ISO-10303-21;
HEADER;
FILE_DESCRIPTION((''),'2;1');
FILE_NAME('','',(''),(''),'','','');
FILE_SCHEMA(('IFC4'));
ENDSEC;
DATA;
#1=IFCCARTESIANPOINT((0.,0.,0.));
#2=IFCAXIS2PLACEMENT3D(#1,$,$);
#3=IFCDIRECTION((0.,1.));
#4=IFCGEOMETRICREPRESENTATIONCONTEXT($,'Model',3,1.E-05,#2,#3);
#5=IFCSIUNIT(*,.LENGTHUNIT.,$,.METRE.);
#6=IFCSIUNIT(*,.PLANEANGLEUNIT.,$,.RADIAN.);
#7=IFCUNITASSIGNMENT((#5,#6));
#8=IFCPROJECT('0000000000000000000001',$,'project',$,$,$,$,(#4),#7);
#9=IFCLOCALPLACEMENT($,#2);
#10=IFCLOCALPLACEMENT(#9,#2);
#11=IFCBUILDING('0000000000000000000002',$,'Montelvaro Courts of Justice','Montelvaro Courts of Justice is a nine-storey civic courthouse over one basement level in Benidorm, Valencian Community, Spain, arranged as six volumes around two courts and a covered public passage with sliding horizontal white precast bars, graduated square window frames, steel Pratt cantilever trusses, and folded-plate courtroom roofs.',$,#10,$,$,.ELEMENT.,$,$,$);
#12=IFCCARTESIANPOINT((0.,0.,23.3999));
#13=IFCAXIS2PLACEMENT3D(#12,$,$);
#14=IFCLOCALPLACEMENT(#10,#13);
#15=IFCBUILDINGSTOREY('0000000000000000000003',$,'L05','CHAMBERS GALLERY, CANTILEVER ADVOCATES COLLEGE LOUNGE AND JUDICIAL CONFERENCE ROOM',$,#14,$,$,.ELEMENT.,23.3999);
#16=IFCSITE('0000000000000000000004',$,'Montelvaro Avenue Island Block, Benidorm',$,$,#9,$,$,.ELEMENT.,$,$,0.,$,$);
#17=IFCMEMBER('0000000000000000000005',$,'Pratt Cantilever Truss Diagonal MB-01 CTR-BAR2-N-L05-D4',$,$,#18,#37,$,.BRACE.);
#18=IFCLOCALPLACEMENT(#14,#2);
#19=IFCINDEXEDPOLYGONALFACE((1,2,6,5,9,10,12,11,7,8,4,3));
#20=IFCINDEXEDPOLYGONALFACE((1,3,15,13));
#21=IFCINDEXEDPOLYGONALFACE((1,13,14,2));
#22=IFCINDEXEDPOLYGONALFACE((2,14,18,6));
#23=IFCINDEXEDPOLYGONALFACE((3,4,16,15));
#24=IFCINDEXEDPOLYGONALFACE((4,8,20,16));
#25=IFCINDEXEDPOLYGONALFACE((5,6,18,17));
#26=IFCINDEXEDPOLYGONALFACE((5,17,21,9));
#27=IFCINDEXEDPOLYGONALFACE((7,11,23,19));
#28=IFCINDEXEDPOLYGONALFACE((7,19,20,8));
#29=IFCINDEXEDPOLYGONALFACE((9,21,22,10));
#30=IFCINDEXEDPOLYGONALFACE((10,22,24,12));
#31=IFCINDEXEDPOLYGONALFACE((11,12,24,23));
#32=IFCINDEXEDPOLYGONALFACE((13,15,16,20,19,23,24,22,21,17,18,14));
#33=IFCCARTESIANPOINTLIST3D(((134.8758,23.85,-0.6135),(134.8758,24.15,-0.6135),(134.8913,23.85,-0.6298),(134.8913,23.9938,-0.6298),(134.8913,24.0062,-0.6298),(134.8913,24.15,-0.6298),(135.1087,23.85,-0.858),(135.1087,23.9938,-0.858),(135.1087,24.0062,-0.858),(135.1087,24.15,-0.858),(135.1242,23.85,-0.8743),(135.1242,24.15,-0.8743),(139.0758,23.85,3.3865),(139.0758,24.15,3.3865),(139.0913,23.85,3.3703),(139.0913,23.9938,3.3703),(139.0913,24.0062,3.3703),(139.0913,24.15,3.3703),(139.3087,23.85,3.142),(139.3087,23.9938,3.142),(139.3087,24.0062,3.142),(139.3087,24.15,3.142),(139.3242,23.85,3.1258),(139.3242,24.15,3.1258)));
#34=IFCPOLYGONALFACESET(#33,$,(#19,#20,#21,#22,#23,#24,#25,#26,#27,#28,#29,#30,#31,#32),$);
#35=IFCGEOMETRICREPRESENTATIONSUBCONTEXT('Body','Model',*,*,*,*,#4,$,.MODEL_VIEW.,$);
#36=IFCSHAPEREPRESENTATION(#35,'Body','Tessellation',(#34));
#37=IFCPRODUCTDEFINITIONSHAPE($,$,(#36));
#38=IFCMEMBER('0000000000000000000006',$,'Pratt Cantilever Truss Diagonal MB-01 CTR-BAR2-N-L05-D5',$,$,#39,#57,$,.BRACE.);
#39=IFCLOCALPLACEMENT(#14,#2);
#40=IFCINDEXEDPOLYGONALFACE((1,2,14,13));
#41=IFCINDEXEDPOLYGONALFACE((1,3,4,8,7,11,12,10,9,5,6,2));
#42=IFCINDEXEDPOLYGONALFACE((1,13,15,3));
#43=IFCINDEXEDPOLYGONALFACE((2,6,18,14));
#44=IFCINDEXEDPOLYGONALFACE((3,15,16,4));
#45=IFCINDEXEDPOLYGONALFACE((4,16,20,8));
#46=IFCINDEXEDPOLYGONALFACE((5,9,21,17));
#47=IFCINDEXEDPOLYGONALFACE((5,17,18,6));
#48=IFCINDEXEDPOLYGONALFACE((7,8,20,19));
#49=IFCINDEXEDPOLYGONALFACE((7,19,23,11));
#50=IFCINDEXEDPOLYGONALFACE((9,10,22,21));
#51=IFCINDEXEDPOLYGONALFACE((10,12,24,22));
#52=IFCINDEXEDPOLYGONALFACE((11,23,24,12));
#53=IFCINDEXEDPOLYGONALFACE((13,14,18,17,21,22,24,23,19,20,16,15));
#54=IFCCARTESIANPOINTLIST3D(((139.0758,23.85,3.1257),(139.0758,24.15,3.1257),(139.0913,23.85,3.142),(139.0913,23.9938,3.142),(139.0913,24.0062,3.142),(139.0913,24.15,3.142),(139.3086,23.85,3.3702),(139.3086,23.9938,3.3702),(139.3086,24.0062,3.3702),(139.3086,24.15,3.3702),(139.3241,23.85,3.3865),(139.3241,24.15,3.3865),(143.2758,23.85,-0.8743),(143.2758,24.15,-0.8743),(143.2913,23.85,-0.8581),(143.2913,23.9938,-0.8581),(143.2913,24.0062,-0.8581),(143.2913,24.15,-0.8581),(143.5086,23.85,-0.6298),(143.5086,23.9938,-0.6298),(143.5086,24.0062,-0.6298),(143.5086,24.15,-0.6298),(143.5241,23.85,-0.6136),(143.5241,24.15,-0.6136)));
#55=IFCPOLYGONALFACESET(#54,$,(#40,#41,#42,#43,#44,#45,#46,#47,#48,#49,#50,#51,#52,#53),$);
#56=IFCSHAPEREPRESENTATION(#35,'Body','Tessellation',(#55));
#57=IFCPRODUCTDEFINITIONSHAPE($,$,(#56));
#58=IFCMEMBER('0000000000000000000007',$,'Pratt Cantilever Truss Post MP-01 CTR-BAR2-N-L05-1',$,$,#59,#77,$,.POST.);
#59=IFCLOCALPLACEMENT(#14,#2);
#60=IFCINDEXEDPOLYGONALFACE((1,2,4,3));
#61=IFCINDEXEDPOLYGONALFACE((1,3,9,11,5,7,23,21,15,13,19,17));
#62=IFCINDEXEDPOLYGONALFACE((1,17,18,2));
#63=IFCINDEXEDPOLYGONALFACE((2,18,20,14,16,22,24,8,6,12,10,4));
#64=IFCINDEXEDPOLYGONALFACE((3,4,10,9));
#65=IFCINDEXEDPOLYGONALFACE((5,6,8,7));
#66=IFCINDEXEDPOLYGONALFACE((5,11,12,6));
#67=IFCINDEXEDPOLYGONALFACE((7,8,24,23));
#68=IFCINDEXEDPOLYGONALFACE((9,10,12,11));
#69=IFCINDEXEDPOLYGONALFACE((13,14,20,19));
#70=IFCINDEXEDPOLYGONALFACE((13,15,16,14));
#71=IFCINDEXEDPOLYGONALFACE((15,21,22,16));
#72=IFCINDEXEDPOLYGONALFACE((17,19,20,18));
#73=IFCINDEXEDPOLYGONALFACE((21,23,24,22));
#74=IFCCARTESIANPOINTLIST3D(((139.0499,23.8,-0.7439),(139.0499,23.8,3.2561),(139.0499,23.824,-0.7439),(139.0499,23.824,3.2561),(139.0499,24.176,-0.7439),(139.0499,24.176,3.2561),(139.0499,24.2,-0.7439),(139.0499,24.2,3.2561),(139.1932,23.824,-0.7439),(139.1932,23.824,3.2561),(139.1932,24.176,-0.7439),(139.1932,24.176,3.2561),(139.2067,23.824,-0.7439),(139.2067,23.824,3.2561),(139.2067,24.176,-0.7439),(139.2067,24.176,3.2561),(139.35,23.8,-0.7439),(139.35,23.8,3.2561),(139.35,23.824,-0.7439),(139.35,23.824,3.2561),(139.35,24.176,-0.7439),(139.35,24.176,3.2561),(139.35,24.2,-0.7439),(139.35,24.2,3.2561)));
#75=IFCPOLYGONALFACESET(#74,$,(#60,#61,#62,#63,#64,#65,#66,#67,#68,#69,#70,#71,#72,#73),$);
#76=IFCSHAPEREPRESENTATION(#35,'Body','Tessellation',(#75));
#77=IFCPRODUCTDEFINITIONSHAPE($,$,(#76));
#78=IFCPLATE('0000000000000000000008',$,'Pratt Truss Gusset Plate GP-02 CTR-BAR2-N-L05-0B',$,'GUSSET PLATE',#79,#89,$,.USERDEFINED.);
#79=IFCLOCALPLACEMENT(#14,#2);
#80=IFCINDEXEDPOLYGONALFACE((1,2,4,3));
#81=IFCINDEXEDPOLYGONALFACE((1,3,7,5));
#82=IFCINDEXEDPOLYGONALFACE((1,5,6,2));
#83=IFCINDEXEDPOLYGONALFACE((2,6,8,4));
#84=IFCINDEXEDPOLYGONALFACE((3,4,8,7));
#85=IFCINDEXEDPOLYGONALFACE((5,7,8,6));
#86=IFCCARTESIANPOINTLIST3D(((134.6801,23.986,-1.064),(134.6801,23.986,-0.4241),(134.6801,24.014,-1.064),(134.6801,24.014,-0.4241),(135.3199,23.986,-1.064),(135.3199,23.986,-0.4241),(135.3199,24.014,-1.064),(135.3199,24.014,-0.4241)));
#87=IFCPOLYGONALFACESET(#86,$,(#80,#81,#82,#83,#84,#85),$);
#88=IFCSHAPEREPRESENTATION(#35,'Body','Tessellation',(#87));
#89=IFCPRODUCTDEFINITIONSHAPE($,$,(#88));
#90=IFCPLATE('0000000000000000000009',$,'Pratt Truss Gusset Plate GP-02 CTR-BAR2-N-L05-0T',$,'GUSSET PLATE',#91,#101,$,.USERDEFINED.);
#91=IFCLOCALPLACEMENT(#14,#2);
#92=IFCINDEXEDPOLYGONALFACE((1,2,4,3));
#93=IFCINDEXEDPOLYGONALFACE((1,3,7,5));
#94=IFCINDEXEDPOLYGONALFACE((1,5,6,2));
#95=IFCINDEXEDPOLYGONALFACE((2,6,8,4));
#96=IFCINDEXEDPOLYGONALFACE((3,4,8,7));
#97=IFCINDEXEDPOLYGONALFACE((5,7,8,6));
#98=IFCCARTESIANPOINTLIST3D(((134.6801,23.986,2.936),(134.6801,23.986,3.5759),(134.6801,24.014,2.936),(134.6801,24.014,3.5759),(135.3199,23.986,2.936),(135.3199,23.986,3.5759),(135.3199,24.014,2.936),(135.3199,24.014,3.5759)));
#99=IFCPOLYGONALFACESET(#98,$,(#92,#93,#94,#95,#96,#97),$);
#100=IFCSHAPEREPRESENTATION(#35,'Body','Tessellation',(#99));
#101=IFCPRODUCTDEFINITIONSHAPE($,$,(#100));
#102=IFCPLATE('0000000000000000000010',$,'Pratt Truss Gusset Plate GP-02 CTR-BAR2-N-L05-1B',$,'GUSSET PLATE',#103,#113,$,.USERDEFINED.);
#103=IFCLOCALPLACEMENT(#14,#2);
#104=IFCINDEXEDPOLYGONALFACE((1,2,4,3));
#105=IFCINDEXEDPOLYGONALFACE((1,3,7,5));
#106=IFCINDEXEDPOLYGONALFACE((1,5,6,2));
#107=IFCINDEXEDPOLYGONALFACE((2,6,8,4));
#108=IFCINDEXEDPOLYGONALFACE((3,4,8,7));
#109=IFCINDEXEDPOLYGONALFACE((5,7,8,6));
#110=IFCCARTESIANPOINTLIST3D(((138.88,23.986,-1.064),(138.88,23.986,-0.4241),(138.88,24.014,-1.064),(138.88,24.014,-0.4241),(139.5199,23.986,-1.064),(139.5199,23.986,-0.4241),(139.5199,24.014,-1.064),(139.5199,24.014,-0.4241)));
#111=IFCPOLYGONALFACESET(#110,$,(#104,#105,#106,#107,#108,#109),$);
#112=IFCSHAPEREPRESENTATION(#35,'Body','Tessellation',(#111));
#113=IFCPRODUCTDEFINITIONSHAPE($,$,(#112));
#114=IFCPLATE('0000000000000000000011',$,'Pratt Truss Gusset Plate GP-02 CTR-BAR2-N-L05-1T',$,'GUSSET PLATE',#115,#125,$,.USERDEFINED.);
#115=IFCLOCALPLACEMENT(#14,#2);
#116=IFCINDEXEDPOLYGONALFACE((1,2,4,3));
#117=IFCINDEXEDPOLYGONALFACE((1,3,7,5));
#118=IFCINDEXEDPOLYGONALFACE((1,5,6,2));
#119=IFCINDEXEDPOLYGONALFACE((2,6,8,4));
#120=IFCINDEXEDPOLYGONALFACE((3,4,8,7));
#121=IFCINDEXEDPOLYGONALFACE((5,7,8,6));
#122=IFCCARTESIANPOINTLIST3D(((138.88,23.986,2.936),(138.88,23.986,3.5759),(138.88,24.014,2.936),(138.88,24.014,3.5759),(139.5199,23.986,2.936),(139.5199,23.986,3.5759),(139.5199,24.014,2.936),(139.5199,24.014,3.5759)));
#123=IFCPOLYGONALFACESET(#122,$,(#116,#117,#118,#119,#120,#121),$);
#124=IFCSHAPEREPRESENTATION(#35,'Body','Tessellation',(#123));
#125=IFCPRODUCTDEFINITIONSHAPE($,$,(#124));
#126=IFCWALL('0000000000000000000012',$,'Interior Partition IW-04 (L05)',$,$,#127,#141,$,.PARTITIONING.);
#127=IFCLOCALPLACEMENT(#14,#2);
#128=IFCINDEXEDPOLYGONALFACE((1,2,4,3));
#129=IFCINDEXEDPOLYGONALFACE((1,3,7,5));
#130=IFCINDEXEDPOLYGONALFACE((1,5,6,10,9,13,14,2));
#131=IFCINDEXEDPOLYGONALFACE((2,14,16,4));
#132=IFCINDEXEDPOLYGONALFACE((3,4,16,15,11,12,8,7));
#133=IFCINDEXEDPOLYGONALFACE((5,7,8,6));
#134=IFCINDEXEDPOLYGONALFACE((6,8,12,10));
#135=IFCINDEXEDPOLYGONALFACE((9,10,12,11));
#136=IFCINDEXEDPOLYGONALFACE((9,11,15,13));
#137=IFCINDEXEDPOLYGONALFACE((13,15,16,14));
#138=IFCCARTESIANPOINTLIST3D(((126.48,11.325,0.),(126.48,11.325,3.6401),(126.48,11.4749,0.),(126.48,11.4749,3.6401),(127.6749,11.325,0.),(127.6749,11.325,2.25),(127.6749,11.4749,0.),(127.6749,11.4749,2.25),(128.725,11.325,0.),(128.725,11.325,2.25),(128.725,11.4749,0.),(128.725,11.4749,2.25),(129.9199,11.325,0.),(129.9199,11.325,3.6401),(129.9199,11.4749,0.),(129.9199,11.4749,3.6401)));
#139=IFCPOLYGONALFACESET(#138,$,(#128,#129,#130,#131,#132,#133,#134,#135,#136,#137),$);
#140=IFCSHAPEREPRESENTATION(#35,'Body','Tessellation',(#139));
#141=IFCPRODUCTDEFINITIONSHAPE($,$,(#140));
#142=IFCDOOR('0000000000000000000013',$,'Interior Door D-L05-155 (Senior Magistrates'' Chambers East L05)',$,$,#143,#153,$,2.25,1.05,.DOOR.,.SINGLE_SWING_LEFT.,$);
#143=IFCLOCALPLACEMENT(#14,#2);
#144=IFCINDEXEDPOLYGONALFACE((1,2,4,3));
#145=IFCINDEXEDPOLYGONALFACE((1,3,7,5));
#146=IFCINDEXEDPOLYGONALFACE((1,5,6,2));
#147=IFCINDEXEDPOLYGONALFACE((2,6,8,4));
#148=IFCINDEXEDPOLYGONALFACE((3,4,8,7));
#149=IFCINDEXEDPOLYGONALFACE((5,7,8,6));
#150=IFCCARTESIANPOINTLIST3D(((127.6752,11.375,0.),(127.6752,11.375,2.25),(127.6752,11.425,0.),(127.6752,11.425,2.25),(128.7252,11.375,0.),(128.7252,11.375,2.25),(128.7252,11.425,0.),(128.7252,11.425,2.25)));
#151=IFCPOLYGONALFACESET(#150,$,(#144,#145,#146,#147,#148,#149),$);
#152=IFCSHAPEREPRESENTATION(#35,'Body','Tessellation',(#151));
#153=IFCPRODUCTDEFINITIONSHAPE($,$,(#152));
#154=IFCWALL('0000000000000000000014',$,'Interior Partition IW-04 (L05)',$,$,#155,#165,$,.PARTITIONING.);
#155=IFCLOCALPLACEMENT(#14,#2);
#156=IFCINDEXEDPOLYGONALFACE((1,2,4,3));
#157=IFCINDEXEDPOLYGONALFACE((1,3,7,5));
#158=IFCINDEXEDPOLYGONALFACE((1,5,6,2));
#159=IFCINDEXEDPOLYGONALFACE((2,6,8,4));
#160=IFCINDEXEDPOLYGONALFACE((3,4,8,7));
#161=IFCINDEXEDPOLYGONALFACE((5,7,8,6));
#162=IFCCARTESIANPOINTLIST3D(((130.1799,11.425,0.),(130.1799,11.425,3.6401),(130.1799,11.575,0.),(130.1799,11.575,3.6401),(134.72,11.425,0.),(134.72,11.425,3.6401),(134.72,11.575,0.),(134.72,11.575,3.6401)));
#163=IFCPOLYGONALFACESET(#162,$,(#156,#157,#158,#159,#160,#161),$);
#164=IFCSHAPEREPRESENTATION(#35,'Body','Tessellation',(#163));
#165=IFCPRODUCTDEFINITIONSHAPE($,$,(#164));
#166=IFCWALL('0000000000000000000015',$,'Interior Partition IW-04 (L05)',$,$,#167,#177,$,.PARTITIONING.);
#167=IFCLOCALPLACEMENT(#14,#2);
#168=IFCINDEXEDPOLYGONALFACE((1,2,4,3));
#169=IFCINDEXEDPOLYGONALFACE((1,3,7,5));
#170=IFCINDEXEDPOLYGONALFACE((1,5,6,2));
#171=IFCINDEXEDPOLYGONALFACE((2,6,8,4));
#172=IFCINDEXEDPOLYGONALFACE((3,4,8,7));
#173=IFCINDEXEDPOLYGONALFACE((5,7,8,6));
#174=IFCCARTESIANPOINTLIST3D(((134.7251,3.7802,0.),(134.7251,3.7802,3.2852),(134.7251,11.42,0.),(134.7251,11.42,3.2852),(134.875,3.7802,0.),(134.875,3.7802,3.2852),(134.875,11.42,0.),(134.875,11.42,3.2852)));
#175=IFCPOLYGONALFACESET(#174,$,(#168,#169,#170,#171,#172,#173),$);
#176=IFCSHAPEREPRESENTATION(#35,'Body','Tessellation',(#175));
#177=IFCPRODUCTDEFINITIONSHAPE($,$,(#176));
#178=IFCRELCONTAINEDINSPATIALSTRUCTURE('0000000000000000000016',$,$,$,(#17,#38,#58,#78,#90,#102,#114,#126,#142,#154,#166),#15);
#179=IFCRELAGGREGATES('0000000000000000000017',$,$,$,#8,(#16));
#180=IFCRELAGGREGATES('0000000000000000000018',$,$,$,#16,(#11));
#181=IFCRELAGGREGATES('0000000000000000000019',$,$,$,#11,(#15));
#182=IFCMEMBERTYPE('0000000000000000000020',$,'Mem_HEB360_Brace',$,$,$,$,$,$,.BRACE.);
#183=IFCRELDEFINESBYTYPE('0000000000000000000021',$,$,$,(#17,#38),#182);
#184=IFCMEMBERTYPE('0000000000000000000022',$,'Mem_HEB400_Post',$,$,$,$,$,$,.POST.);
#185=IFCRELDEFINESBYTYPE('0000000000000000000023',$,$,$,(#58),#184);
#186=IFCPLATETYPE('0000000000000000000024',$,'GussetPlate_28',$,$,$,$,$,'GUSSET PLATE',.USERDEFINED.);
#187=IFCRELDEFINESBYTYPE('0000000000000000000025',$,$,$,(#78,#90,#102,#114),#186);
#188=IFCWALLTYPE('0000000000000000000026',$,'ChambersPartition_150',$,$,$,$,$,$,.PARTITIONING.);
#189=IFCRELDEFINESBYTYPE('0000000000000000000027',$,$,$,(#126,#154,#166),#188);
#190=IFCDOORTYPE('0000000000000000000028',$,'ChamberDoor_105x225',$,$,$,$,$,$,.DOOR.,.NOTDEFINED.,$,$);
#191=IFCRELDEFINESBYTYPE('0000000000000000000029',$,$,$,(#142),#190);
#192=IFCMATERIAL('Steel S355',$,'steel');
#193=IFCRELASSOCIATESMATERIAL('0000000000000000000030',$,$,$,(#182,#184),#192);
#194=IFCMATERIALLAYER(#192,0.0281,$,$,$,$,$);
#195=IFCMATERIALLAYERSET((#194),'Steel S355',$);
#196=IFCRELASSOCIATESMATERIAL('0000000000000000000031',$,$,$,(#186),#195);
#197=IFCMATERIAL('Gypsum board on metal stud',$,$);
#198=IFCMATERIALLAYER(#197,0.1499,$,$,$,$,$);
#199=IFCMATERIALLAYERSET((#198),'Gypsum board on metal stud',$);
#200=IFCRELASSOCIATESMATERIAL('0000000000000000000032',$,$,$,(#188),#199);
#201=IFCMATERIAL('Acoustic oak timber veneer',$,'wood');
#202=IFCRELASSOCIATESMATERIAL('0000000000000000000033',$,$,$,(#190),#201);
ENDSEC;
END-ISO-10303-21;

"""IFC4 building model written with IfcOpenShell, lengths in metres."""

from ifc_helpers import new_model, si_unit, direction, frame, frame_2d, origin, origin_2d, place, context, subcontext, project, spatial, rectangle, i_section, extrude, material, layer, layer_set, material_profile, profile_set, type_object, element, fill, save


model = new_model("IFC4")

# Units and contexts
model_context = context("Model", 3, precision=1e-05, world=origin(), true_north=direction((0.0, 1.0)))
body_context = subcontext(model_context, "Body", "Model", "MODEL_VIEW")
ifc_project = project(units=[si_unit("LENGTHUNIT", "METRE"), si_unit("PLANEANGLEUNIT", "RADIAN")], contexts=[model_context])

# Site, building, storey
site_placement = place(None, origin())
site = spatial("IfcSite", under=ifc_project, at=site_placement, Name="Montelvaro Avenue Island Block, Benidorm", CompositionType="ELEMENT", RefElevation=0.0)
building_placement = place(site_placement, origin())
building = spatial("IfcBuilding", under=site, at=building_placement, Name="Montelvaro Courts of Justice", Description="Montelvaro Courts of Justice is a nine-storey civic courthouse over one basement level in Benidorm, Valencian Community, Spain, arranged as six volumes around two courts and a covered public passage with sliding horizontal white precast bars, graduated square window frames, steel Pratt cantilever trusses, and folded-plate courtroom roofs.", CompositionType="ELEMENT")
storey_placement = place(building_placement, frame((0.0, 0.0, 23.3999)))
storey = spatial("IfcBuildingStorey", under=building, at=storey_placement, Name="L05", Description="CHAMBERS GALLERY, CANTILEVER ADVOCATES COLLEGE LOUNGE AND JUDICIAL CONFERENCE ROOM", CompositionType="ELEMENT", Elevation=23.3999)

# Shared definitions
ifc_material_1 = material(Name="Steel S355", Category="steel")

# Members
ifc_material_profile_1 = material_profile(ifc_material_1, i_section(OverallWidth=0.3, OverallDepth=0.3601, WebThickness=0.0125, FlangeThickness=0.0225, at=origin_2d()), Name="HEB 360")
ifc_profile_set_1 = profile_set([ifc_material_profile_1], Name="Steel S355")
member_type_1 = type_object("IfcMemberType", Name="Mem_HEB360_Brace", PredefinedType="BRACE", material=ifc_profile_set_1)
for number, where, z_axis, x_axis, name in (
    (1, (135.0, 24.0, -0.7439), (0.724134, 0.0, 0.689659), (0.0, 1.0, 0.0), "Pratt Cantilever Truss Diagonal MB-01 CTR-BAR2-N-L05-D4"),
    (2, (139.2, 24.0, 3.2561), (0.724134, 0.0, -0.689659), (0.0, 1.0, 0.0), "Pratt Cantilever Truss Diagonal MB-01 CTR-BAR2-N-L05-D5"),
):
    element("IfcMember", number, at=place(storey_placement, frame(where, z_axis=z_axis, x_axis=x_axis)), inside=storey, type_object=member_type_1, Name=name, PredefinedType="BRACE", context=body_context, shape_type="SweptSolid", body=[
        extrude(i_section(OverallWidth=0.3, OverallDepth=0.3601, WebThickness=0.0125, FlangeThickness=0.0225, at=origin_2d()), origin(), (0.0, 0.0, 1.0), 5.8),
    ])
ifc_material_profile_2 = material_profile(ifc_material_1, i_section(OverallWidth=0.3, OverallDepth=0.3999, WebThickness=0.0134, FlangeThickness=0.0239, at=origin_2d()), Name="HEB 400")
ifc_profile_set_2 = profile_set([ifc_material_profile_2], Name="Steel S355")
member_type_2 = type_object("IfcMemberType", Name="Mem_HEB400_Post", PredefinedType="POST", material=ifc_profile_set_2)
member_placement = place(storey_placement, frame((139.2, 24.0, -0.7439), z_axis=(0.0, 0.0, 1.0), x_axis=(1.0, 0.0, 0.0)))
element("IfcMember", 3, at=member_placement, inside=storey, type_object=member_type_2, Name="Pratt Cantilever Truss Post MP-01 CTR-BAR2-N-L05-1", PredefinedType="POST", context=body_context, shape_type="SweptSolid", body=[
    extrude(i_section(OverallWidth=0.3, OverallDepth=0.3999, WebThickness=0.0134, FlangeThickness=0.0239, at=origin_2d()), origin(), (0.0, 0.0, 1.0), 4.0),
])

# Plates
ifc_layer_1 = layer(ifc_material_1, 0.0281)
ifc_layer_set_1 = layer_set([ifc_layer_1], Name="Steel S355")
plate_type = type_object("IfcPlateType", Name="GussetPlate_28", ElementType="GUSSET PLATE", PredefinedType="USERDEFINED", material=ifc_layer_set_1)
for number, where, z_axis, x_axis, name in (
    (4, (135.0, 24.0, -1.064), (0.0, 0.0, 1.0), (1.0, 0.0, 0.0), "Pratt Truss Gusset Plate GP-02 CTR-BAR2-N-L05-0B"),
    (5, (135.0, 24.0, 2.936), (0.0, 0.0, 1.0), (1.0, 0.0, 0.0), "Pratt Truss Gusset Plate GP-02 CTR-BAR2-N-L05-0T"),
    (6, (139.2, 24.0, -1.064), (0.0, 0.0, 1.0), (1.0, 0.0, 0.0), "Pratt Truss Gusset Plate GP-02 CTR-BAR2-N-L05-1B"),
    (7, (139.2, 24.0, 2.936), (0.0, 0.0, 1.0), (1.0, 0.0, 0.0), "Pratt Truss Gusset Plate GP-02 CTR-BAR2-N-L05-1T"),
):
    element("IfcPlate", number, at=place(storey_placement, frame(where, z_axis=z_axis, x_axis=x_axis)), inside=storey, type_object=plate_type, Name=name, ObjectType="GUSSET PLATE", PredefinedType="USERDEFINED", context=body_context, shape_type="SweptSolid", body=[
        extrude(rectangle(XDim=0.6399, YDim=0.0281, at=origin_2d()), origin(), (0.0, 0.0, 1.0), 0.6399),
    ])

# Wall, opening, door
ifc_material_2 = material(Name="Gypsum board on metal stud")
ifc_layer_2 = layer(ifc_material_2, 0.1499)
ifc_layer_set_2 = layer_set([ifc_layer_2], Name="Gypsum board on metal stud")
wall_type_1 = type_object("IfcWallType", Name="ChambersPartition_150", PredefinedType="PARTITIONING", material=ifc_layer_set_2)
wall_1_placement = place(storey_placement, frame((126.48, 11.3999, 0.0), z_axis=(0.0, 0.0, 1.0), x_axis=(1.0, 0.0, 0.0)))
wall_1 = element("IfcWall", 8, at=wall_1_placement, inside=storey, type_object=wall_type_1, Name="Interior Partition IW-04 (L05)", PredefinedType="PARTITIONING", context=body_context, shape_type="SweptSolid", body=[
    extrude(rectangle(XDim=3.4399, YDim=0.1499, at=frame_2d((1.72, 0.0))), origin(), (0.0, 0.0, 1.0), 3.6401),
])
opening_1_placement = place(wall_1_placement, frame((1.1951, 0.0, 0.0)))
opening_1 = element("IfcOpeningElement", 9, at=opening_1_placement, cuts=wall_1, PredefinedType="OPENING", context=body_context, shape_type="SweptSolid", body=[
    extrude(rectangle(XDim=1.05, YDim=2.25, at=frame_2d((0.5249, 1.125))), frame((0.0, 0.0898, 0.0), z_axis=(0.0, -1.0, 0.0), x_axis=(1.0, 0.0, 0.0)), (0.0, 0.0, 1.0), 0.1797),
])
ifc_material_3 = material(Name="Acoustic oak timber veneer", Category="wood")
door_type_1 = type_object("IfcDoorType", Name="ChamberDoor_105x225", OperationType="NOTDEFINED", PredefinedType="DOOR", material=ifc_material_3)
door_1_placement = place(opening_1_placement, frame((1.05, 0.0, 0.0), z_axis=(0.0, 0.0, 1.0), x_axis=(-1.0, 0.0, 0.0)))
door_1 = element("IfcDoor", 10, at=door_1_placement, inside=storey, type_object=door_type_1, Name="Interior Door D-L05-155 (Senior Magistrates' Chambers East L05)", OperationType="SINGLE_SWING_LEFT", OverallHeight=2.25, OverallWidth=1.05, PredefinedType="DOOR", context=body_context, shape_type="SweptSolid", body=[
    extrude(rectangle(XDim=1.05, YDim=2.25, at=frame_2d((0.5249, 1.125))), frame((0.0, 0.0249, 0.0), z_axis=(0.0, -1.0, 0.0), x_axis=(1.0, 0.0, 0.0)), (0.0, 0.0, 1.0), 0.05),
])
fill(opening_1, door_1)

# Walls
wall_2_placement = place(storey_placement, frame((130.1799, 11.5, 0.0), z_axis=(0.0, 0.0, 1.0), x_axis=(1.0, 0.0, 0.0)))
element("IfcWall", 11, at=wall_2_placement, inside=storey, type_object=wall_type_1, Name="Interior Partition IW-04 (L05)", PredefinedType="PARTITIONING", context=body_context, shape_type="SweptSolid", body=[
    extrude(rectangle(XDim=4.54, YDim=0.1499, at=frame_2d((2.27, 0.0))), origin(), (0.0, 0.0, 1.0), 3.6401),
])
wall_3_placement = place(storey_placement, frame((134.8, 11.4199, 0.0), z_axis=(0.0, 0.0, 1.0), x_axis=(0.0, -1.0, 0.0)))
element("IfcWall", 12, at=wall_3_placement, inside=storey, type_object=wall_type_1, Name="Interior Partition IW-04 (L05)", PredefinedType="PARTITIONING", context=body_context, shape_type="SweptSolid", body=[
    extrude(rectangle(XDim=7.6399, YDim=0.1499, at=frame_2d((3.8198, 0.0))), origin(), (0.0, 0.0, 1.0), 3.2852),
])

save(model, "model.ifc")
